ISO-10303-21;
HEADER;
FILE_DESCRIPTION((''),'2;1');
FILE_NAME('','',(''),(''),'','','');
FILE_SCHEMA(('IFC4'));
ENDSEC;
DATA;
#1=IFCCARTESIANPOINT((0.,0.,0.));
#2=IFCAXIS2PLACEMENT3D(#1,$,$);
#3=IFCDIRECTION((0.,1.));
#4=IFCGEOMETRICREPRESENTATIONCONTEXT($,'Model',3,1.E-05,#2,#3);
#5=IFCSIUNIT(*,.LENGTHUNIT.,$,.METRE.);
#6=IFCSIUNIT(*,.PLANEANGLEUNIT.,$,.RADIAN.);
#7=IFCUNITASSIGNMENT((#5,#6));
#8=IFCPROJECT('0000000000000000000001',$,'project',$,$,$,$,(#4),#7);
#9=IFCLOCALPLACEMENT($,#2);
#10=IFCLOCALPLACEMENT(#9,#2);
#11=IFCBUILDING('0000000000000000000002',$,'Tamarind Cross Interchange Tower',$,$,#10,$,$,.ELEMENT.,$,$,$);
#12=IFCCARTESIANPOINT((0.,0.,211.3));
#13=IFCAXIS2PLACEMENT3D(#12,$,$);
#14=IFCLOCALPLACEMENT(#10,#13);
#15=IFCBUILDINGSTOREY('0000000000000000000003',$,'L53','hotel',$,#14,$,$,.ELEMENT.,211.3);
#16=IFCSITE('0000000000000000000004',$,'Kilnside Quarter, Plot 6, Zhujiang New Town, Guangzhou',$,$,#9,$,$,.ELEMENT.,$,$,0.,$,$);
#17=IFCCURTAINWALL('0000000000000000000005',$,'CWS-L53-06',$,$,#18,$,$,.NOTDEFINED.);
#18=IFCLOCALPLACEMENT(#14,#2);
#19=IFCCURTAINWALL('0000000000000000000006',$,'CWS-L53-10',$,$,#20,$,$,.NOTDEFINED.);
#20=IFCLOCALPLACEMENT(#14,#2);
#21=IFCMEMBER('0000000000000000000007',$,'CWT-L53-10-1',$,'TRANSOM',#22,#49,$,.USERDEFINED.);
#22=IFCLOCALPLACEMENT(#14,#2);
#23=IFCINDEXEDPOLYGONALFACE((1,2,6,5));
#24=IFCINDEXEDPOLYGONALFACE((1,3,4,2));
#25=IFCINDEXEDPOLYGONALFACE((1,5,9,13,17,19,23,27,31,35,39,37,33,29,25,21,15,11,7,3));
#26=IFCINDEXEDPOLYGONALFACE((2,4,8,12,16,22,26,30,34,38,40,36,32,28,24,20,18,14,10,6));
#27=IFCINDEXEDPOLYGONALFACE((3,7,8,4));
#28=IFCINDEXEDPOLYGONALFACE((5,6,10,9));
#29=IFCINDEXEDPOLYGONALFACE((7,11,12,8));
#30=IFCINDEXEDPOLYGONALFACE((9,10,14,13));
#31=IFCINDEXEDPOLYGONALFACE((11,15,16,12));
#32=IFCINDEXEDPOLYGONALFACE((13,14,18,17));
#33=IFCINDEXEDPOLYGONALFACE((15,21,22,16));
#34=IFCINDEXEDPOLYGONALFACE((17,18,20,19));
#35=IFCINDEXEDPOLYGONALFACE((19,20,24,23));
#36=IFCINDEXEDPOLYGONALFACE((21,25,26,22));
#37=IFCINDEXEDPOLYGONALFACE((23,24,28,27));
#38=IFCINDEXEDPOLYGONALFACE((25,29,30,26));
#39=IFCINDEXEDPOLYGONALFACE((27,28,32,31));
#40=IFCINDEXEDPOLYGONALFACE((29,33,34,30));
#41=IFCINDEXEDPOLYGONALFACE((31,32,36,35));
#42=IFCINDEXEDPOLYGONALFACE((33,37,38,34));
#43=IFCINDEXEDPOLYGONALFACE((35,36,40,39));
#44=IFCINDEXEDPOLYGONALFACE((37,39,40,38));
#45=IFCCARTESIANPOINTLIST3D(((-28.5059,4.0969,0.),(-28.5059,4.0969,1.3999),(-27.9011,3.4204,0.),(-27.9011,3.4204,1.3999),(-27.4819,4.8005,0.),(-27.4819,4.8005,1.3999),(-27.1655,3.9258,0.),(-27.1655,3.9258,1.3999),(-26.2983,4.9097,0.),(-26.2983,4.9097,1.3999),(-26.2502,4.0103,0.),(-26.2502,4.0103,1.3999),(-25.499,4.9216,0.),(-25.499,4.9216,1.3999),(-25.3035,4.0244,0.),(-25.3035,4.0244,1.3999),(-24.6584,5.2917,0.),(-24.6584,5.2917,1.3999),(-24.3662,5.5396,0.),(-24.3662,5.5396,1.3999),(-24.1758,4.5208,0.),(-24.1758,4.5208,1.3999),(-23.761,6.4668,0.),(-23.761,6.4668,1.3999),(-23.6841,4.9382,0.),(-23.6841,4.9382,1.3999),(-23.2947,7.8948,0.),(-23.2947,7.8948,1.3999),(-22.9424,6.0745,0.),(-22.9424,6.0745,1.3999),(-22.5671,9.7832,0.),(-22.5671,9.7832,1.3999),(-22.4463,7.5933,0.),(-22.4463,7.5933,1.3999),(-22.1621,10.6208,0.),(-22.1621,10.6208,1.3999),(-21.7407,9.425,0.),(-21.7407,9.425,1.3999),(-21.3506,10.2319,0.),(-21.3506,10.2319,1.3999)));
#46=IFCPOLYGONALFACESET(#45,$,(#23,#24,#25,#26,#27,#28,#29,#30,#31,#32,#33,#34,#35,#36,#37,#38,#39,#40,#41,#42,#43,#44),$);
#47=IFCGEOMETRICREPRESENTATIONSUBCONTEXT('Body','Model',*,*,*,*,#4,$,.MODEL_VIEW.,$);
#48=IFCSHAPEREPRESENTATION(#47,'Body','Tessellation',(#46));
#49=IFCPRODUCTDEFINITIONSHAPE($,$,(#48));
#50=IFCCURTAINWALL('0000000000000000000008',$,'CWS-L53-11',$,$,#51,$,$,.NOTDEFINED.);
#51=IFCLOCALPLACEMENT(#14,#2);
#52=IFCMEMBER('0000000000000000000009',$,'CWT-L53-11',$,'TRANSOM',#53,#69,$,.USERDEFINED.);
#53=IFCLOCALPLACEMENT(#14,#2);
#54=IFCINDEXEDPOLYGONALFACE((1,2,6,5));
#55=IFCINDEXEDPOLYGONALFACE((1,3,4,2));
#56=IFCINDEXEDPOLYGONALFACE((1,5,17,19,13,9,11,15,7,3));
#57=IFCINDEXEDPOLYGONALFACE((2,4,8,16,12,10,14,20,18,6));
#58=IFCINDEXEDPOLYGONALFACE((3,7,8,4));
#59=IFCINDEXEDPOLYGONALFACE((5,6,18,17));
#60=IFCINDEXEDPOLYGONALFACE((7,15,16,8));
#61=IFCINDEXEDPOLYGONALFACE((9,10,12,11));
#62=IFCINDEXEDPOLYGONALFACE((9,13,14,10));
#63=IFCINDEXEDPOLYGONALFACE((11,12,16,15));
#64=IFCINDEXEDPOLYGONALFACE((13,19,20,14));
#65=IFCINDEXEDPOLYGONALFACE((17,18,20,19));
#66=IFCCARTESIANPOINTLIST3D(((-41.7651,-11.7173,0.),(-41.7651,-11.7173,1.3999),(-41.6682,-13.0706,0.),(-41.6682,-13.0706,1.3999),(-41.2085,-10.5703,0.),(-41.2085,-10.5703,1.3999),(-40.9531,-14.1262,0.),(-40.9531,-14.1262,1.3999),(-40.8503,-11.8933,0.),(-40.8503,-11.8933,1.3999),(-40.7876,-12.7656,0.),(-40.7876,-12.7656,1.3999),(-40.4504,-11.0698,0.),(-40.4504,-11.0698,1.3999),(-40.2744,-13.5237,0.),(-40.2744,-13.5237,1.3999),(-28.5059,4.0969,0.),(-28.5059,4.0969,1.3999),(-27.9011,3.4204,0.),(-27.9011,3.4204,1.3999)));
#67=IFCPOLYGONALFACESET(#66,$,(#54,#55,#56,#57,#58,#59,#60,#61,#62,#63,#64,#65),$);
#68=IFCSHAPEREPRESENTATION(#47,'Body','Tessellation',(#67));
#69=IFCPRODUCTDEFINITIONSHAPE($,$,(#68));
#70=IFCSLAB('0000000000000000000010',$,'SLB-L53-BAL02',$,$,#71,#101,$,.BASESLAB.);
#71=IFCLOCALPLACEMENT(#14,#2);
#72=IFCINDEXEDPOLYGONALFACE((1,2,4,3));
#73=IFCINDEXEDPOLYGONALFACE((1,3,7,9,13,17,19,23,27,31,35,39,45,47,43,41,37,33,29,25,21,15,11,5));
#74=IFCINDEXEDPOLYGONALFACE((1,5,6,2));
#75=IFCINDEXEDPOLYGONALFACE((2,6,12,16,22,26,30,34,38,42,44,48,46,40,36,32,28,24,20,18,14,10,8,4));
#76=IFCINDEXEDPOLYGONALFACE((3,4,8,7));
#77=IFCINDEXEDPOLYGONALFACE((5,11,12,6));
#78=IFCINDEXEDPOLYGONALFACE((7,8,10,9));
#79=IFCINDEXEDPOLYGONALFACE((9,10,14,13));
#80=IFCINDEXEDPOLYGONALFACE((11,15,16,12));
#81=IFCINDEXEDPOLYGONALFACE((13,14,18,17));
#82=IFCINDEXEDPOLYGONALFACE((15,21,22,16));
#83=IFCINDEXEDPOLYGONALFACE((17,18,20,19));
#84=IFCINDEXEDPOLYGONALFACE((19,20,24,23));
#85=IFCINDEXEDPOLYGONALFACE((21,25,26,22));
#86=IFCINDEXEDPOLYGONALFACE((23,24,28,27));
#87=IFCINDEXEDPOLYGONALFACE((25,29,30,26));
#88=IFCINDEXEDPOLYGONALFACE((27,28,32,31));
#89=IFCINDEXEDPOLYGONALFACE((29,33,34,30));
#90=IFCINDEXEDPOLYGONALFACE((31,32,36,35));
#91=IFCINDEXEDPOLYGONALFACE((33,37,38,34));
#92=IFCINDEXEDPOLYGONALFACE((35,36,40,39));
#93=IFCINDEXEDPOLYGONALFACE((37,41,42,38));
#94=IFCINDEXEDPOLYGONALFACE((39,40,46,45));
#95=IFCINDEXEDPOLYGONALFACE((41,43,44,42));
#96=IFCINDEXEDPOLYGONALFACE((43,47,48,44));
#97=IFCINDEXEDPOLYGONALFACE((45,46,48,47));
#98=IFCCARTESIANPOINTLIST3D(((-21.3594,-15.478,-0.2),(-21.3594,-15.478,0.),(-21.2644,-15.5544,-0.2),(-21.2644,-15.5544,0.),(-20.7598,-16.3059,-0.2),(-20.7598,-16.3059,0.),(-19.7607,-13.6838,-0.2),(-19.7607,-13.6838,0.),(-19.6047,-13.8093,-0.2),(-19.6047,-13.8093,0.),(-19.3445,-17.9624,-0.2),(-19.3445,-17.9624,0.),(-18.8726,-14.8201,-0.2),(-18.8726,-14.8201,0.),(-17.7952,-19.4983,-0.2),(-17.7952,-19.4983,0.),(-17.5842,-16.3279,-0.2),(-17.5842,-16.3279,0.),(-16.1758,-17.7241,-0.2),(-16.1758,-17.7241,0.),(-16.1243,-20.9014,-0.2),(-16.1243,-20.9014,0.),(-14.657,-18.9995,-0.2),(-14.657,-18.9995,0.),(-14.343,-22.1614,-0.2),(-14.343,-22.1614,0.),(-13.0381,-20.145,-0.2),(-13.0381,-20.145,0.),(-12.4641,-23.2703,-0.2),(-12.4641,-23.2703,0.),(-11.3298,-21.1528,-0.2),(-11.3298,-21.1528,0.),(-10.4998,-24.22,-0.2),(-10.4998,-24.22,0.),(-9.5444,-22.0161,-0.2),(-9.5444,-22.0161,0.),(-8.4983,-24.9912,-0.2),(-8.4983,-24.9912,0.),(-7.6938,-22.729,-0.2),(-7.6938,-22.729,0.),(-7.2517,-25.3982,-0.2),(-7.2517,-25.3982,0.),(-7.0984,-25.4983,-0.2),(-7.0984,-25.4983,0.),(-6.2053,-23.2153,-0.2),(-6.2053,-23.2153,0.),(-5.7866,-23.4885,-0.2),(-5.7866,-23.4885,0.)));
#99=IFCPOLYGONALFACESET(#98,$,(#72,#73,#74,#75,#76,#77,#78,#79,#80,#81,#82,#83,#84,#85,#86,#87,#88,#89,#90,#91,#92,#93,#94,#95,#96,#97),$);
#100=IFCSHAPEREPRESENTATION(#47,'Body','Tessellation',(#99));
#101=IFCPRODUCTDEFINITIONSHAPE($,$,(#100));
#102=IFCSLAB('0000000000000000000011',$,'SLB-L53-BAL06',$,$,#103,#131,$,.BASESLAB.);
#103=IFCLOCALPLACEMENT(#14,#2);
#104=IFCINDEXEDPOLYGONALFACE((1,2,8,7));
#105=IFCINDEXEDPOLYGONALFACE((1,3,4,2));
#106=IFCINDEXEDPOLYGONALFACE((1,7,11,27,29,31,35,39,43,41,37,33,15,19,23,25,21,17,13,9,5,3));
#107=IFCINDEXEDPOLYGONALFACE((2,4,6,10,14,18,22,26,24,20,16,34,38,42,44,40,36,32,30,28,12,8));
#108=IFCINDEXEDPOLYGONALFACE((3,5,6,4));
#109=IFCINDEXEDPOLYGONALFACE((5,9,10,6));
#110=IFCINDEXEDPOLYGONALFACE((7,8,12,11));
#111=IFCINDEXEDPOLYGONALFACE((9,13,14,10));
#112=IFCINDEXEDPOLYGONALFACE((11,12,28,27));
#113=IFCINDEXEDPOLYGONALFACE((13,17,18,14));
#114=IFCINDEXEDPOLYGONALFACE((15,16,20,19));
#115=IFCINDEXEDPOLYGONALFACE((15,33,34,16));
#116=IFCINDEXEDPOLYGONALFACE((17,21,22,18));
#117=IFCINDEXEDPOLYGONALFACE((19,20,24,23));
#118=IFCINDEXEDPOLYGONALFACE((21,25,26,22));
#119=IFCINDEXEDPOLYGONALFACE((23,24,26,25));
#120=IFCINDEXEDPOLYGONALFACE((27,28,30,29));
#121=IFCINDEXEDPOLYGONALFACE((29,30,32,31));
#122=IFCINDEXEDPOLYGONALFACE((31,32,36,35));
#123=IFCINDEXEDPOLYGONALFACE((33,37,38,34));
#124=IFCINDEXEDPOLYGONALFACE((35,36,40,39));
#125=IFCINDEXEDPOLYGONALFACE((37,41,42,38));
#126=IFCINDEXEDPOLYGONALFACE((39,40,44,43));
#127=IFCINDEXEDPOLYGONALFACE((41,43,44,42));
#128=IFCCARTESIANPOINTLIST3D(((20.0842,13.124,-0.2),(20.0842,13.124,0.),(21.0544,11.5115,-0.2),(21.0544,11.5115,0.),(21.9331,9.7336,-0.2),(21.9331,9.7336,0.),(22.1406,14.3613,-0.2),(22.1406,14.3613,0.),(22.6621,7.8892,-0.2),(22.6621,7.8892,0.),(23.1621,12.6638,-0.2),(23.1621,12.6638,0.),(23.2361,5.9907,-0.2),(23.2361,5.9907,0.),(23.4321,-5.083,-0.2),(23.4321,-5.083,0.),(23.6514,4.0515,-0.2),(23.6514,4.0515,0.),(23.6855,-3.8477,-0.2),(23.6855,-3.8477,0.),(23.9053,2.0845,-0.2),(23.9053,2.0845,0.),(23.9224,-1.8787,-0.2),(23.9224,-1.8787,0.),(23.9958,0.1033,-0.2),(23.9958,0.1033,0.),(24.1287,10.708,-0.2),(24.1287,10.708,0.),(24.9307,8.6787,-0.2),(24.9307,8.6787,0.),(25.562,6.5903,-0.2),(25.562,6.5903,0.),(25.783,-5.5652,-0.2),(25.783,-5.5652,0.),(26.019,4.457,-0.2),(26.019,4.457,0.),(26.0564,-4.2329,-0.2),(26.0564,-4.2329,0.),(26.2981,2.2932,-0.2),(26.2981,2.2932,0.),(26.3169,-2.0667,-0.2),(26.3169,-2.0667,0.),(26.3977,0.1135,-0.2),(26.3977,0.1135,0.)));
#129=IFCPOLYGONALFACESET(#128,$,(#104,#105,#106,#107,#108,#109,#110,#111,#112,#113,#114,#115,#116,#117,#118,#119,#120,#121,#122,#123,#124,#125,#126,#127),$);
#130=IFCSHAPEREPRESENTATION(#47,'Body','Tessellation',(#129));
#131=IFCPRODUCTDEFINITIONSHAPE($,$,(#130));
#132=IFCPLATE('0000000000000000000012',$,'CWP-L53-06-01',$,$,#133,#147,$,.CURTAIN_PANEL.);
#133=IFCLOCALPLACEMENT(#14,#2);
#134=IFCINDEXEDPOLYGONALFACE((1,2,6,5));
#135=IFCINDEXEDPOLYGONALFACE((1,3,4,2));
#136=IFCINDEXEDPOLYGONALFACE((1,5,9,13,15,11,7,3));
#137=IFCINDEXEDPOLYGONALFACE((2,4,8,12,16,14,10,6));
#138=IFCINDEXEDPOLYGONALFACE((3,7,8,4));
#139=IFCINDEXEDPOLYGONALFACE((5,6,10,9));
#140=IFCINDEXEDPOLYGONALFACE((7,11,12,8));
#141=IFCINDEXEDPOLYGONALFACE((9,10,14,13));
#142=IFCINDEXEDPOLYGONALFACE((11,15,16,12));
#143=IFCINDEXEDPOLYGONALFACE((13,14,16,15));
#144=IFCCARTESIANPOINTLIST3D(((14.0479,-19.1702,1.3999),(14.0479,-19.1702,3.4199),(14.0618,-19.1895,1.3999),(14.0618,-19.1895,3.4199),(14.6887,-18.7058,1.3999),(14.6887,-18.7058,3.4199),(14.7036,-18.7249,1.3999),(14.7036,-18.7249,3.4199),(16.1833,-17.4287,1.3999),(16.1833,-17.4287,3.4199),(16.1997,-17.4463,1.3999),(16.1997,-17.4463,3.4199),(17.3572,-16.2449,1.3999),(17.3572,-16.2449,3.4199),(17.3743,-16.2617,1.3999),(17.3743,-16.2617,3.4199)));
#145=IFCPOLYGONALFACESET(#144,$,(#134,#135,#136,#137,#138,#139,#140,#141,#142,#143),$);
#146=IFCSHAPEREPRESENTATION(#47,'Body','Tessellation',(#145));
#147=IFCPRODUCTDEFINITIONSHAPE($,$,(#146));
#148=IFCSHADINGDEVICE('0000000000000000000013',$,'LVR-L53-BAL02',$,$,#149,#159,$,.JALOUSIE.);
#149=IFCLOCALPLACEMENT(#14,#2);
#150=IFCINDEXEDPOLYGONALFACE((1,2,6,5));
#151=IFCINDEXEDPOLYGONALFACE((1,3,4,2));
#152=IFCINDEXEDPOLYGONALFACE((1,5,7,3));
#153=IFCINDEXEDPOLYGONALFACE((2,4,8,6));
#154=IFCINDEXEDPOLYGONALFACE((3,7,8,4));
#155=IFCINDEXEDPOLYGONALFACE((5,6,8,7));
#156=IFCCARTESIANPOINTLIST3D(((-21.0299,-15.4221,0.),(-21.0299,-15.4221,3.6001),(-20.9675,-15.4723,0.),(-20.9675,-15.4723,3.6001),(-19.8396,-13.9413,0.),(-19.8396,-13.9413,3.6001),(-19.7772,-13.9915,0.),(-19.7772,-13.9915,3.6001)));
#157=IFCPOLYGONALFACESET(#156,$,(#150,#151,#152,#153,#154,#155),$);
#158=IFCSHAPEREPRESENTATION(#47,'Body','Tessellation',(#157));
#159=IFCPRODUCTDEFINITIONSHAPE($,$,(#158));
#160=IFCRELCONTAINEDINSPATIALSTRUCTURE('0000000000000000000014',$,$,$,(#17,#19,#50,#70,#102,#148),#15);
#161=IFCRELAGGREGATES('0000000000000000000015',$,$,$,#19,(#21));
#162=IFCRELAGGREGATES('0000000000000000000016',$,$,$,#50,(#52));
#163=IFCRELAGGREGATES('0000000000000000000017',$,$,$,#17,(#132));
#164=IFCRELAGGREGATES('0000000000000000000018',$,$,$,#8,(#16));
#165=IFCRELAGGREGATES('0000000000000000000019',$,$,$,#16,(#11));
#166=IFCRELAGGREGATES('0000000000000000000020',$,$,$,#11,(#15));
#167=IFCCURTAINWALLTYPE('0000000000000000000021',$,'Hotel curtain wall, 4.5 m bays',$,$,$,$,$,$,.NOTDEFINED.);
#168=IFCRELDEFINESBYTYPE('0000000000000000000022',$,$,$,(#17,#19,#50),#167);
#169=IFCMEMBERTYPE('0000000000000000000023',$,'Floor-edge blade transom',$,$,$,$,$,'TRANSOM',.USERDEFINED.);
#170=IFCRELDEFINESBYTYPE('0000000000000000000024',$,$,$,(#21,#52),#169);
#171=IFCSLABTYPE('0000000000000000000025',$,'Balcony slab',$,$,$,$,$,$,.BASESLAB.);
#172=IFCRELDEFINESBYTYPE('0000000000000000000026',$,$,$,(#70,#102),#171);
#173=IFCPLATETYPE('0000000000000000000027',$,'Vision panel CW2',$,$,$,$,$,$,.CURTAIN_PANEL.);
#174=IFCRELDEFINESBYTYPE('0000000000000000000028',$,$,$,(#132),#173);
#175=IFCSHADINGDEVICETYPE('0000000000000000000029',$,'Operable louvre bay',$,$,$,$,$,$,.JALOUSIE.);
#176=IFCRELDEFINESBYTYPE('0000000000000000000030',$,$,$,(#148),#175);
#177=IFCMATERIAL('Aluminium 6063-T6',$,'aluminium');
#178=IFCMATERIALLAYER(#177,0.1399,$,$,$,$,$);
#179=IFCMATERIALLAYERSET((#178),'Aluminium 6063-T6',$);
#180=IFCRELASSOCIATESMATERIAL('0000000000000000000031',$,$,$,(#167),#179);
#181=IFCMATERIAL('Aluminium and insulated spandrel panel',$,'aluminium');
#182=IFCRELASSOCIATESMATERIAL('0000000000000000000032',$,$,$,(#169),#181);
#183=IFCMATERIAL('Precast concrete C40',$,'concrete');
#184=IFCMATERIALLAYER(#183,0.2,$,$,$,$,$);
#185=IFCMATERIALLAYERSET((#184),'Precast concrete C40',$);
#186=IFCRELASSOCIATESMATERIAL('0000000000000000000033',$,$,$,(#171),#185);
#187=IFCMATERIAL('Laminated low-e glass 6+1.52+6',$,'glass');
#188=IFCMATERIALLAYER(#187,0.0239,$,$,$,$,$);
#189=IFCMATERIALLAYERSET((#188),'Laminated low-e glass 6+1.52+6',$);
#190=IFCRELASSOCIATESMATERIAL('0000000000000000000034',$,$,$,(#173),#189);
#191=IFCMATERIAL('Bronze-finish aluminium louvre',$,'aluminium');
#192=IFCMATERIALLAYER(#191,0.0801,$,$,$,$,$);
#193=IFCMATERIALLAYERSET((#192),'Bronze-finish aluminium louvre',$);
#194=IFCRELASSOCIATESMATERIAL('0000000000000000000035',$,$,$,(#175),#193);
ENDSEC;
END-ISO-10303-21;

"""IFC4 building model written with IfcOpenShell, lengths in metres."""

from ifc_helpers import new_model, si_unit, direction, frame, origin, origin_2d, place, context, subcontext, project, spatial, polyline, rectangle, outline, extrude, material, layer, layer_set, type_object, element, aggregate, save


model = new_model("IFC4")

# Units and contexts
model_context = context("Model", 3, precision=1e-05, world=origin(), true_north=direction((0.0, 1.0)))
body_context = subcontext(model_context, "Body", "Model", "MODEL_VIEW")
ifc_project = project(units=[si_unit("LENGTHUNIT", "METRE"), si_unit("PLANEANGLEUNIT", "RADIAN")], contexts=[model_context])

# Site, building, storey
site_placement = place(None, origin())
site = spatial("IfcSite", under=ifc_project, at=site_placement, Name="Kilnside Quarter, Plot 6, Zhujiang New Town, Guangzhou", CompositionType="ELEMENT", RefElevation=0.0)
building_placement = place(site_placement, origin())
building = spatial("IfcBuilding", under=site, at=building_placement, Name="Tamarind Cross Interchange Tower", CompositionType="ELEMENT")
storey_placement = place(building_placement, frame((0.0, 0.0, 211.3)))
storey = spatial("IfcBuildingStorey", under=building, at=storey_placement, Name="L53", Description="hotel", CompositionType="ELEMENT", Elevation=211.3)

# Curtain wall
ifc_material_1 = material(Name="Aluminium 6063-T6", Category="aluminium")
ifc_layer_1 = layer(ifc_material_1, 0.1399)
ifc_layer_set_1 = layer_set([ifc_layer_1], Name="Aluminium 6063-T6")
curtain_wall_type = type_object("IfcCurtainWallType", Name="Hotel curtain wall, 4.5 m bays", PredefinedType="NOTDEFINED", material=ifc_layer_set_1)
curtain_wall_1_placement = place(storey_placement, origin())
curtain_wall_1 = element("IfcCurtainWall", 1, at=curtain_wall_1_placement, inside=storey, type_object=curtain_wall_type, Name="CWS-L53-06", PredefinedType="NOTDEFINED")
ifc_material_2 = material(Name="Aluminium and insulated spandrel panel", Category="aluminium")
member_type = type_object("IfcMemberType", Name="Floor-edge blade transom", ElementType="TRANSOM", PredefinedType="USERDEFINED", material=ifc_material_2)

# Curtain wall, member
curtain_wall_2_placement = place(storey_placement, origin())
curtain_wall_2 = element("IfcCurtainWall", 2, at=curtain_wall_2_placement, inside=storey, type_object=curtain_wall_type, Name="CWS-L53-10", PredefinedType="NOTDEFINED")
member_1_placement = place(storey_placement, origin())
member_1 = element("IfcMember", 3, at=member_1_placement, type_object=member_type, Name="CWT-L53-10-1", ObjectType="TRANSOM", PredefinedType="USERDEFINED", context=body_context, shape_type="SweptSolid", body=[
    extrude(outline(polyline([(-21.3506, 10.2319), (-21.7407, 9.425), (-22.4463, 7.5933), (-22.9424, 6.0745), (-23.6841, 4.9382), (-24.1758, 4.5208), (-25.3035, 4.0244), (-26.2502, 4.0103), (-27.1655, 3.9258), (-27.9011, 3.4204), (-28.5059, 4.0969), (-27.4819, 4.8005), (-26.2983, 4.9097), (-25.499, 4.9216), (-24.6584, 5.2917), (-24.3662, 5.5396), (-23.761, 6.4668), (-23.2947, 7.8948), (-22.5671, 9.7832), (-22.1621, 10.6208), (-21.3506, 10.2319)])), origin(), (0.0, 0.0, 1.0), 1.3999),
])
aggregate(curtain_wall_2, [member_1])

# Curtain wall, member
curtain_wall_3_placement = place(storey_placement, origin())
curtain_wall_3 = element("IfcCurtainWall", 4, at=curtain_wall_3_placement, inside=storey, type_object=curtain_wall_type, Name="CWS-L53-11", PredefinedType="NOTDEFINED")
member_2_placement = place(storey_placement, origin())
member_2 = element("IfcMember", 5, at=member_2_placement, type_object=member_type, Name="CWT-L53-11", ObjectType="TRANSOM", PredefinedType="USERDEFINED", context=body_context, shape_type="SweptSolid", body=[
    extrude(outline(polyline([(-27.9011, 3.4204), (-40.4504, -11.0698), (-40.8503, -11.8933), (-40.7876, -12.7656), (-40.2744, -13.5237), (-40.9531, -14.1262), (-41.6682, -13.0706), (-41.7651, -11.7173), (-41.2085, -10.5703), (-28.5059, 4.0969), (-27.9011, 3.4204)])), origin(), (0.0, 0.0, 1.0), 1.3999),
])
aggregate(curtain_wall_3, [member_2])

# Slabs
ifc_material_3 = material(Name="Precast concrete C40", Category="concrete")
ifc_layer_2 = layer(ifc_material_3, 0.2)
ifc_layer_set_2 = layer_set([ifc_layer_2], Name="Precast concrete C40")
slab_type = type_object("IfcSlabType", Name="Balcony slab", PredefinedType="BASESLAB", material=ifc_layer_set_2)
slab_1_placement = place(storey_placement, frame((0.0, 0.0, -0.2)))
element("IfcSlab", 6, at=slab_1_placement, inside=storey, type_object=slab_type, Name="SLB-L53-BAL02", PredefinedType="BASESLAB", context=body_context, shape_type="SweptSolid", body=[
    extrude(outline(polyline([(-19.7607, -13.6838), (-19.6047, -13.8093), (-18.8726, -14.8201), (-17.5842, -16.3279), (-16.1758, -17.7241), (-14.657, -18.9995), (-13.0381, -20.145), (-11.3298, -21.1528), (-9.5444, -22.0161), (-7.6938, -22.729), (-6.2053, -23.2153), (-5.7866, -23.4885), (-7.0984, -25.4983), (-7.2517, -25.3982), (-8.4983, -24.9912), (-10.4998, -24.22), (-12.4641, -23.2703), (-14.343, -22.1614), (-16.1243, -20.9014), (-17.7952, -19.4983), (-19.3445, -17.9624), (-20.7598, -16.3059), (-21.3594, -15.478), (-21.2644, -15.5544), (-19.7607, -13.6838)])), origin(), (0.0, 0.0, 1.0), 0.2),
])
slab_2_placement = place(storey_placement, frame((0.0, 0.0, -0.2)))
element("IfcSlab", 7, at=slab_2_placement, inside=storey, type_object=slab_type, Name="SLB-L53-BAL06", PredefinedType="BASESLAB", context=body_context, shape_type="SweptSolid", body=[
    extrude(outline(polyline([(23.4321, -5.083), (23.6855, -3.8477), (23.9224, -1.8787), (23.9958, 0.1033), (23.9053, 2.0845), (23.6514, 4.0515), (23.2361, 5.9907), (22.6621, 7.8892), (21.9331, 9.7336), (21.0544, 11.5115), (20.0842, 13.124), (22.1406, 14.3613), (23.1621, 12.6638), (24.1287, 10.708), (24.9307, 8.6787), (25.562, 6.5903), (26.019, 4.457), (26.2981, 2.2932), (26.3977, 0.1135), (26.3169, -2.0667), (26.0564, -4.2329), (25.783, -5.5652), (23.4321, -5.083)])), origin(), (0.0, 0.0, 1.0), 0.2),
])

# Plate
ifc_material_4 = material(Name="Laminated low-e glass 6+1.52+6", Category="glass")
ifc_layer_3 = layer(ifc_material_4, 0.0239)
ifc_layer_set_3 = layer_set([ifc_layer_3], Name="Laminated low-e glass 6+1.52+6")
plate_type = type_object("IfcPlateType", Name="Vision panel CW2", PredefinedType="CURTAIN_PANEL", material=ifc_layer_set_3)
plate_placement = place(storey_placement, frame((0.0, 0.0, 1.3999)))
plate = element("IfcPlate", 8, at=plate_placement, type_object=plate_type, Name="CWP-L53-06-01", PredefinedType="CURTAIN_PANEL", context=body_context, shape_type="SweptSolid", body=[
    extrude(outline(polyline([(14.0479, -19.1702), (14.6887, -18.7058), (16.1833, -17.4287), (17.3572, -16.2449), (17.3743, -16.2617), (16.1997, -17.4463), (14.7036, -18.7249), (14.0618, -19.1895), (14.0479, -19.1702)])), origin(), (0.0, 0.0, 1.0), 2.02),
])
aggregate(curtain_wall_1, [plate])

# Shading device
ifc_material_5 = material(Name="Bronze-finish aluminium louvre", Category="aluminium")
ifc_layer_4 = layer(ifc_material_5, 0.0801)
ifc_layer_set_4 = layer_set([ifc_layer_4], Name="Bronze-finish aluminium louvre")
shading_device_type = type_object("IfcShadingDeviceType", Name="Operable louvre bay", PredefinedType="JALOUSIE", material=ifc_layer_set_4)
shading_device_placement = place(storey_placement, origin())
element("IfcShadingDevice", 9, at=shading_device_placement, inside=storey, type_object=shading_device_type, Name="LVR-L53-BAL02", PredefinedType="JALOUSIE", context=body_context, shape_type="SweptSolid", body=[
    extrude(rectangle(XDim=1.8999, YDim=0.0801, at=origin_2d()), frame((-20.4036, -14.7068, 0.0), z_axis=(0.0, 0.0, 1.0), x_axis=(-0.626511, -0.779413, 0.0)), (0.0, 0.0, 1.0), 3.6001),
])

save(model, "model.ifc")
